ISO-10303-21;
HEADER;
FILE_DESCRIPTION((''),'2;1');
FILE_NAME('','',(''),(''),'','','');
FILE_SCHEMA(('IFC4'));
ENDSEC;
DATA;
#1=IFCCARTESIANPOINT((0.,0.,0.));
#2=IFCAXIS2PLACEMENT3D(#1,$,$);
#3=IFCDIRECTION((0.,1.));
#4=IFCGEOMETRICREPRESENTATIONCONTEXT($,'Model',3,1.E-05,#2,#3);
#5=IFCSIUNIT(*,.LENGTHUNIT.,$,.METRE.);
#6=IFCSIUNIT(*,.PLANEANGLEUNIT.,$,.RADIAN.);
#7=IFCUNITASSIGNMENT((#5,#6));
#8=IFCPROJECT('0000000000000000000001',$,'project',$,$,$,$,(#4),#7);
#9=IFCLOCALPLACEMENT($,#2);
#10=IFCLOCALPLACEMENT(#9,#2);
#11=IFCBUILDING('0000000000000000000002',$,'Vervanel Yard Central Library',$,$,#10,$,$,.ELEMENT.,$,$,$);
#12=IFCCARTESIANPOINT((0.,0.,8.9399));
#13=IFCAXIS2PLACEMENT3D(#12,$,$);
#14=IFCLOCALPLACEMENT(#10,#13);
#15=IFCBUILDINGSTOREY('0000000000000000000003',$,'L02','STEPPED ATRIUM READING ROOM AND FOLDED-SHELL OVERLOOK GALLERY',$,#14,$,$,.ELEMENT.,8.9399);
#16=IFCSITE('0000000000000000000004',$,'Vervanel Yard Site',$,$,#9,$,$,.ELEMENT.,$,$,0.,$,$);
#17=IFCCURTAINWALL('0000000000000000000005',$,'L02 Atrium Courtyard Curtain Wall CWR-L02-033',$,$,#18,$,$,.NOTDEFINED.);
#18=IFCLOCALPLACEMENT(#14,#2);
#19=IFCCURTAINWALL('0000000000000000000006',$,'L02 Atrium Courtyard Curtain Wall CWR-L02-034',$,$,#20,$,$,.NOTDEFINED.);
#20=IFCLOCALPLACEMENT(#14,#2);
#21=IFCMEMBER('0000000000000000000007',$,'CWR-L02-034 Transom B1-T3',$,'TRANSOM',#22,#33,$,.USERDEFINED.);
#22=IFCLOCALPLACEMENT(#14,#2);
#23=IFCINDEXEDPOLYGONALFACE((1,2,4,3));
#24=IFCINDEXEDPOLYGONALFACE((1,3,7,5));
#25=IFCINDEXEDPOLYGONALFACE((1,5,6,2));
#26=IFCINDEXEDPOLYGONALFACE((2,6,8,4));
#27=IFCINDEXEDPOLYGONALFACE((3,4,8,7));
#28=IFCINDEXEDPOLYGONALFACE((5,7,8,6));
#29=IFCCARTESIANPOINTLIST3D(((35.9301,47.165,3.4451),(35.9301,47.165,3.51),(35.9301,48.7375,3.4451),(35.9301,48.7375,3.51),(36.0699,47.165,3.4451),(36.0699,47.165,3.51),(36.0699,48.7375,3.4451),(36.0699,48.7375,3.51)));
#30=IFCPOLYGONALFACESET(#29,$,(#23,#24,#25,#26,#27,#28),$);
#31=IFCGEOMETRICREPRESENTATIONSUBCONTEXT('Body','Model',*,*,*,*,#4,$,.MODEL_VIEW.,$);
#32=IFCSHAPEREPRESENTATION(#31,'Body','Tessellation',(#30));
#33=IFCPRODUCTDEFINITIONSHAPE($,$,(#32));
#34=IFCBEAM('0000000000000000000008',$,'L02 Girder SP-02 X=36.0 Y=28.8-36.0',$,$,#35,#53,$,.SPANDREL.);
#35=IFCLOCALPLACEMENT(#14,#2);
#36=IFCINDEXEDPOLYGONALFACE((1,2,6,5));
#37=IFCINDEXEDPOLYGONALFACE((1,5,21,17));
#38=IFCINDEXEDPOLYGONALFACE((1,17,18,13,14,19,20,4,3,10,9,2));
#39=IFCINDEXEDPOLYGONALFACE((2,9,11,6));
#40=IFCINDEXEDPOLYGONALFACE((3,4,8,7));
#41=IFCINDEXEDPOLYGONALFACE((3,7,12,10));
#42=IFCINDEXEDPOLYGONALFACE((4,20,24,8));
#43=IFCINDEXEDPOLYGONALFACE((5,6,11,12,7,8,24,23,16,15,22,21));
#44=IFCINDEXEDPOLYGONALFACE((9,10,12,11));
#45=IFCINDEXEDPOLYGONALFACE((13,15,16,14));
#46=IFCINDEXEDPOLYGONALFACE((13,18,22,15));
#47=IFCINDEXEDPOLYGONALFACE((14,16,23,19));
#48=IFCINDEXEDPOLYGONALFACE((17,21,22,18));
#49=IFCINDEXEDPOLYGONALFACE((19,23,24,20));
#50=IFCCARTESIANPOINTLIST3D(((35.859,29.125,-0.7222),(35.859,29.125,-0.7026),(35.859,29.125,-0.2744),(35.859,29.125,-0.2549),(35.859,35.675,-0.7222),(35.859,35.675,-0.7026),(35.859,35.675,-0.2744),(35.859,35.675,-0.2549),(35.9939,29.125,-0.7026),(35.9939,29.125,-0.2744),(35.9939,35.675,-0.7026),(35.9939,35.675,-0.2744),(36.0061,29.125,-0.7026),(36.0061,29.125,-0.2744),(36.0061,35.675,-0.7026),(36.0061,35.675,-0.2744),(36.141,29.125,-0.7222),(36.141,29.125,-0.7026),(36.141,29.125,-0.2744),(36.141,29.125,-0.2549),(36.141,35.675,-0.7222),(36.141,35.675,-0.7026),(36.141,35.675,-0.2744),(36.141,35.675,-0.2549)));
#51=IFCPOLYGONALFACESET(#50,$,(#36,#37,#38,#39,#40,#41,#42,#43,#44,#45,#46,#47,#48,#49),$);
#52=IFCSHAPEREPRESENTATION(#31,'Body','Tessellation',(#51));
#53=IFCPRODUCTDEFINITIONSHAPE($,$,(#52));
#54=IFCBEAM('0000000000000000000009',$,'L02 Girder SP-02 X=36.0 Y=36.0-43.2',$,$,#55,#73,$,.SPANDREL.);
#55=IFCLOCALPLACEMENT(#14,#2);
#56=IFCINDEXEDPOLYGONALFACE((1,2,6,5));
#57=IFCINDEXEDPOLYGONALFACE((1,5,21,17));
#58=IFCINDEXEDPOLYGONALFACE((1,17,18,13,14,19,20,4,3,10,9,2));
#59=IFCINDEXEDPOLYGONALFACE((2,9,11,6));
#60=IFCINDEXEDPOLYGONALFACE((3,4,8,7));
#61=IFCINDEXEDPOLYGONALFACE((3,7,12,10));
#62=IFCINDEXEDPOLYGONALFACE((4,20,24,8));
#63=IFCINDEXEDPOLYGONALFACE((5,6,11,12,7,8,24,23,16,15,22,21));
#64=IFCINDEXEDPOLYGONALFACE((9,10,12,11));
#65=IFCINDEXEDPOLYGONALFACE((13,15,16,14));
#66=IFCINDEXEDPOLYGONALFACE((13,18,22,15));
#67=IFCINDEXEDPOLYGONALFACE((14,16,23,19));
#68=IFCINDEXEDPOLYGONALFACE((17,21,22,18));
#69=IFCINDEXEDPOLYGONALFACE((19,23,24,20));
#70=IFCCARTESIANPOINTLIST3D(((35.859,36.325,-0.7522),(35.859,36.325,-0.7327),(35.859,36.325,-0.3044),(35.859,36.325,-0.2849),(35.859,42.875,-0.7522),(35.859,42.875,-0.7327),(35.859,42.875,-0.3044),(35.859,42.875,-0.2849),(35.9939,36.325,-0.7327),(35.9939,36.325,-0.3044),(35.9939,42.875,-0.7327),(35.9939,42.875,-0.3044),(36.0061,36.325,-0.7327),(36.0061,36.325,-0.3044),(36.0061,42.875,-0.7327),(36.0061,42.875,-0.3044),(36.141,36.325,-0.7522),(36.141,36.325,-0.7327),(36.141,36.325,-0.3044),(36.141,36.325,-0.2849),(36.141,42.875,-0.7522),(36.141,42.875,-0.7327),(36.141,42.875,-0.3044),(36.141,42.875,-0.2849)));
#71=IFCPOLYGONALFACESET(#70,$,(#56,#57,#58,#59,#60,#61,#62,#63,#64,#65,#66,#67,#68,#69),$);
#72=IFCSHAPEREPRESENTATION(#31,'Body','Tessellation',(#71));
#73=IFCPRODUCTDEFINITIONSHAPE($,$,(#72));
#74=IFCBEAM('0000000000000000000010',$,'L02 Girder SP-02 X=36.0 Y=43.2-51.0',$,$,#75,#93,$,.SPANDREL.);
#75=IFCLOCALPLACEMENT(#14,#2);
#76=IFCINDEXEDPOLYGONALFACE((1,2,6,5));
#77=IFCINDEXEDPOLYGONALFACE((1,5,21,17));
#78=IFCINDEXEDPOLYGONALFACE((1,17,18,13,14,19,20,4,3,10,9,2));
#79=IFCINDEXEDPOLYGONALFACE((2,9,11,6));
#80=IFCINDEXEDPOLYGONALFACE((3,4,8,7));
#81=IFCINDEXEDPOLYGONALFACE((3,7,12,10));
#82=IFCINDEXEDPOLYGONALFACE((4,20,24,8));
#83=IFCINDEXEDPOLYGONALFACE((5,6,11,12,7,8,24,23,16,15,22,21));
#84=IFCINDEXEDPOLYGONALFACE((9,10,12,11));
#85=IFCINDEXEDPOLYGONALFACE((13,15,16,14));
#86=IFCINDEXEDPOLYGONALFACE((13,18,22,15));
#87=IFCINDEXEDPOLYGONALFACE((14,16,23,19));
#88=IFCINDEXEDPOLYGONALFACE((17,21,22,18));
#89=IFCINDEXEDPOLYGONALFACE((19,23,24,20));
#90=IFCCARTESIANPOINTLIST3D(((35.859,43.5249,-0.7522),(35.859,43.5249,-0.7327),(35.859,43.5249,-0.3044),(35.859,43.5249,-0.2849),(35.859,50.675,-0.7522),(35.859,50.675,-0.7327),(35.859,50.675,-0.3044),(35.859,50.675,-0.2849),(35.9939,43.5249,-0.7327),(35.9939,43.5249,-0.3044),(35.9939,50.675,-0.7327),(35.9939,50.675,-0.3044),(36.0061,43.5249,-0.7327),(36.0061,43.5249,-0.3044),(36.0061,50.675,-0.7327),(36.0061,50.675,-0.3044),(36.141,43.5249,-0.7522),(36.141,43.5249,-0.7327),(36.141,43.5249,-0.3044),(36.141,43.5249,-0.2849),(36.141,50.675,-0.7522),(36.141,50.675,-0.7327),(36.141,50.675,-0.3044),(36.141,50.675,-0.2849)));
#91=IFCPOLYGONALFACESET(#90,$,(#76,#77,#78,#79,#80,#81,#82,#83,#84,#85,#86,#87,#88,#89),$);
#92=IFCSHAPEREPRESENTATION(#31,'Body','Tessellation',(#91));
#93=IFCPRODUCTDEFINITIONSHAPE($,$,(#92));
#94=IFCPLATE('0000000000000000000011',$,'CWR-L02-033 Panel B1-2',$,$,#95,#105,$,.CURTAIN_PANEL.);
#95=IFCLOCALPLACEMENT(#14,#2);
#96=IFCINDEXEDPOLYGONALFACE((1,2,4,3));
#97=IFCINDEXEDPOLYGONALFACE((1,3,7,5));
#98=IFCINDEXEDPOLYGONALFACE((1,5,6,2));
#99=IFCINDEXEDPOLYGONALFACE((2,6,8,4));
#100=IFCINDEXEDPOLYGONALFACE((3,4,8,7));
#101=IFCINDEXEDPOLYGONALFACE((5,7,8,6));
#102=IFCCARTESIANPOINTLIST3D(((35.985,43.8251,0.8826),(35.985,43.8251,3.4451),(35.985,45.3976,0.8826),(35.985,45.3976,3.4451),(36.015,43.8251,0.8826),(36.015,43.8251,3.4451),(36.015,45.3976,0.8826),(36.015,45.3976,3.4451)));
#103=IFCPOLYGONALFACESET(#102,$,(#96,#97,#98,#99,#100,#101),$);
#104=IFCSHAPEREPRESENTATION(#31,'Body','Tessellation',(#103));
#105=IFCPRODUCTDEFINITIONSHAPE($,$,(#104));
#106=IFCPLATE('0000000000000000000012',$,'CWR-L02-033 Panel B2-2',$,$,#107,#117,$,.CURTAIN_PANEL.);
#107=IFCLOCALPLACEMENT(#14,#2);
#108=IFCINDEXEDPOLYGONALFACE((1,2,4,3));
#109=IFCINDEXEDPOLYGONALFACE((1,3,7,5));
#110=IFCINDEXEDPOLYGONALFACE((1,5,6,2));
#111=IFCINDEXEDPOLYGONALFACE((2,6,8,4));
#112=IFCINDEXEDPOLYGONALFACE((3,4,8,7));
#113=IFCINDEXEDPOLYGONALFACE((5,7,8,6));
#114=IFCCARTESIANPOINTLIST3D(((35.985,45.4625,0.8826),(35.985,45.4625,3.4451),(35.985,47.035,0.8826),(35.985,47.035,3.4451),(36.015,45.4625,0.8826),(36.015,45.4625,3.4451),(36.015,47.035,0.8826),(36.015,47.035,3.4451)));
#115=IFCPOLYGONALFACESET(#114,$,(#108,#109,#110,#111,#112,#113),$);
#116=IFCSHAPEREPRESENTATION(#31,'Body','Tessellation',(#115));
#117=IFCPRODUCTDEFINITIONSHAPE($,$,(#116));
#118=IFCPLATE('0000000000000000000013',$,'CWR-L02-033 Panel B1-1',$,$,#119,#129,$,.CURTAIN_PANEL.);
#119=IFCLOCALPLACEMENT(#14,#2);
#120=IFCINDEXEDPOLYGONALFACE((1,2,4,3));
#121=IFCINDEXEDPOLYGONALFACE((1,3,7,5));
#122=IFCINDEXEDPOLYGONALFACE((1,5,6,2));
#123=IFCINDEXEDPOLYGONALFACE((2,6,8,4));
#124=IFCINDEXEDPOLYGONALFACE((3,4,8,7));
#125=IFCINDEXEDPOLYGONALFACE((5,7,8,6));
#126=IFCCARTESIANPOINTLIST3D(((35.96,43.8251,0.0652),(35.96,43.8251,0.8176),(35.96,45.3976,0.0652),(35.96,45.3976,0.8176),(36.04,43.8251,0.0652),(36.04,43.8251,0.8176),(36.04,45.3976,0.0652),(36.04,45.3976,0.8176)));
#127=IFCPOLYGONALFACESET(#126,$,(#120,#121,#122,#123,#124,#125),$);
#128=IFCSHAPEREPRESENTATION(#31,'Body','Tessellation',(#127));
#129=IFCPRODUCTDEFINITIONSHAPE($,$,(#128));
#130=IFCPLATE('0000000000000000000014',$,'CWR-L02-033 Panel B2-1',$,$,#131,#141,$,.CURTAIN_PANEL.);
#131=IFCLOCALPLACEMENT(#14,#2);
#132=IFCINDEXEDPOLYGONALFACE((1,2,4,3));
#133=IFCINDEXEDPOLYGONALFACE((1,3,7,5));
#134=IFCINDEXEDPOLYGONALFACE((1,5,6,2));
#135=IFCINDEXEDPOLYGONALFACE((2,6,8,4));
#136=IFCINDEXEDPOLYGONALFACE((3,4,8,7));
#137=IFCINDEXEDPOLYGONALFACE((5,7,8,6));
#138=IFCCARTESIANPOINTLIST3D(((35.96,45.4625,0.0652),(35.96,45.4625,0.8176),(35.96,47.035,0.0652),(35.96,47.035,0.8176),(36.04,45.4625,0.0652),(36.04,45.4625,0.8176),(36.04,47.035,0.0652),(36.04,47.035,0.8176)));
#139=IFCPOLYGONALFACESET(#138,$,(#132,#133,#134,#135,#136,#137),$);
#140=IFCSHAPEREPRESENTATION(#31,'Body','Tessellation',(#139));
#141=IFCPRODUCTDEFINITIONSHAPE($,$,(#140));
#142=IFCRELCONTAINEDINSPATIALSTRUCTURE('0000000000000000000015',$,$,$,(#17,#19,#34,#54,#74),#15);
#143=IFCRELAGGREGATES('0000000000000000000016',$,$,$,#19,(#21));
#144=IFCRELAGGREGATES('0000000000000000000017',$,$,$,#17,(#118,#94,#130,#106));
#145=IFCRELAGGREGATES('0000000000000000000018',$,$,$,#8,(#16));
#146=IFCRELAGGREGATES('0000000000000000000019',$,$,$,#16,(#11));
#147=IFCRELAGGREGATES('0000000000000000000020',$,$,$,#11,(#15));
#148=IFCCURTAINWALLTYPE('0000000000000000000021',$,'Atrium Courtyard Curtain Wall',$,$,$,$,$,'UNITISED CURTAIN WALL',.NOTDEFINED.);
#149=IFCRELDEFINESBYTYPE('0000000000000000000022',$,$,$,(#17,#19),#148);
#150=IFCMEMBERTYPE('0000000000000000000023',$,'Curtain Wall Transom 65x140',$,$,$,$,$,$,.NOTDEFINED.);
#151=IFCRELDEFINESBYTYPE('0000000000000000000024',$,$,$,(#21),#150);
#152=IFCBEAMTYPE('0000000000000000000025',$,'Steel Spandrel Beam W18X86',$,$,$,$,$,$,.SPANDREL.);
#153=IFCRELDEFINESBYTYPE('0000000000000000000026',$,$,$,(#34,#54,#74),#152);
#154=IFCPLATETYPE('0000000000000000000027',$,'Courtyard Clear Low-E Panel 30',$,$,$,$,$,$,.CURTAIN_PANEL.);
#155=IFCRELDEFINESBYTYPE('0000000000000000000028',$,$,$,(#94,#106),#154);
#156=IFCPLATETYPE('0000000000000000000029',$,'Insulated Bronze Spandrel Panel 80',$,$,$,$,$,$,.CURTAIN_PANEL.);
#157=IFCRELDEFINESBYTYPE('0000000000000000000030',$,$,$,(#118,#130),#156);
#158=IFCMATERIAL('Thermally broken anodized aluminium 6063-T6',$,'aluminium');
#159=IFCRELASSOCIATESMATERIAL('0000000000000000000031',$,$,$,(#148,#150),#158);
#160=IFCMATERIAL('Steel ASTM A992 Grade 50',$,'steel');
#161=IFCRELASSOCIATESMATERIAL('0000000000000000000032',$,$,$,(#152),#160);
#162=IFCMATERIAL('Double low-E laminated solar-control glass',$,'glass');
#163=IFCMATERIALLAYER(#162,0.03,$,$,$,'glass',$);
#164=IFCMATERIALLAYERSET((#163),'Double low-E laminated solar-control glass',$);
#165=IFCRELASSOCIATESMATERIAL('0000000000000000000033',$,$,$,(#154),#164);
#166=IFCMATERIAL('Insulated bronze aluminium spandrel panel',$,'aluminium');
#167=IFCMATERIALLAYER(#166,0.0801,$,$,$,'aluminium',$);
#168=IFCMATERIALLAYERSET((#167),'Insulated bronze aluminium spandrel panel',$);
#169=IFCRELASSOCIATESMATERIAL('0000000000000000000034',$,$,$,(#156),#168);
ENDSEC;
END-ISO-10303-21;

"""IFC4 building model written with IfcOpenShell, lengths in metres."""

from ifc_helpers import new_model, si_unit, direction, frame, origin, origin_2d, place, context, subcontext, project, spatial, rectangle, i_section, extrude, material, layer, layer_set, material_profile, profile_set, type_object, element, aggregate, save


model = new_model("IFC4")

# Units and contexts
model_context = context("Model", 3, precision=1e-05, world=origin(), true_north=direction((0.0, 1.0)))
body_context = subcontext(model_context, "Body", "Model", "MODEL_VIEW")
ifc_project = project(units=[si_unit("LENGTHUNIT", "METRE"), si_unit("PLANEANGLEUNIT", "RADIAN")], contexts=[model_context])

# Site, building, storey
site_placement = place(None, origin())
site = spatial("IfcSite", under=ifc_project, at=site_placement, Name="Vervanel Yard Site", CompositionType="ELEMENT", RefElevation=0.0)
building_placement = place(site_placement, origin())
building = spatial("IfcBuilding", under=site, at=building_placement, Name="Vervanel Yard Central Library", CompositionType="ELEMENT")
storey_placement = place(building_placement, frame((0.0, 0.0, 8.9399)))
storey = spatial("IfcBuildingStorey", under=building, at=storey_placement, Name="L02", Description="STEPPED ATRIUM READING ROOM AND FOLDED-SHELL OVERLOOK GALLERY", CompositionType="ELEMENT", Elevation=8.9399)

# Curtain wall
ifc_material_1 = material(Name="Thermally broken anodized aluminium 6063-T6", Category="aluminium")
curtain_wall_type = type_object("IfcCurtainWallType", Name="Atrium Courtyard Curtain Wall", ElementType="UNITISED CURTAIN WALL", PredefinedType="NOTDEFINED", material=ifc_material_1)
curtain_wall_1_placement = place(storey_placement, origin())
curtain_wall_1 = element("IfcCurtainWall", 1, at=curtain_wall_1_placement, inside=storey, type_object=curtain_wall_type, Name="L02 Atrium Courtyard Curtain Wall CWR-L02-033", PredefinedType="NOTDEFINED")

# Curtain wall
curtain_wall_2_placement = place(storey_placement, origin())
curtain_wall_2 = element("IfcCurtainWall", 2, at=curtain_wall_2_placement, inside=storey, type_object=curtain_wall_type, Name="L02 Atrium Courtyard Curtain Wall CWR-L02-034", PredefinedType="NOTDEFINED")

# Member
ifc_material_profile_1 = material_profile(ifc_material_1, rectangle(XDim=0.0649, YDim=0.1399, at=origin_2d()), Name="ALU 65x140", Category="aluminium")
ifc_profile_set_1 = profile_set([ifc_material_profile_1], Name="Thermally broken anodized aluminium 6063-T6")
member_type_1 = type_object("IfcMemberType", Name="Curtain Wall Transom 65x140", PredefinedType="NOTDEFINED", material=ifc_profile_set_1)
member_1_placement = place(storey_placement, frame((36.0, 47.165, 3.4775), z_axis=(0.0, 1.0, 0.0), x_axis=(0.0, 0.0, 1.0)))
member_1 = element("IfcMember", 3, at=member_1_placement, type_object=member_type_1, Name="CWR-L02-034 Transom B1-T3", ObjectType="TRANSOM", PredefinedType="USERDEFINED", context=body_context, shape_type="SweptSolid", body=[
    extrude(rectangle(XDim=0.0649, YDim=0.1399, at=origin_2d()), origin(), (0.0, 0.0, 1.0), 1.5725),
])
aggregate(curtain_wall_2, [member_1])

# Beams
ifc_material_2 = material(Name="Steel ASTM A992 Grade 50", Category="steel")
ifc_material_profile_2 = material_profile(ifc_material_2, i_section(OverallWidth=0.282, OverallDepth=0.4673, WebThickness=0.0122, FlangeThickness=0.0195, at=origin_2d()), Name="W18X86", Category="steel")
ifc_profile_set_2 = profile_set([ifc_material_profile_2], Name="Steel ASTM A992 Grade 50")
beam_type_1 = type_object("IfcBeamType", Name="Steel Spandrel Beam W18X86", PredefinedType="SPANDREL", material=ifc_profile_set_2)
for number, where, z_axis, x_axis, name in (
    (4, (36.0, 29.125, -0.4885), (0.0, 1.0, 0.0), (-1.0, 0.0, 0.0), "L02 Girder SP-02 X=36.0 Y=28.8-36.0"),
    (5, (36.0, 36.325, -0.5186), (0.0, 1.0, 0.0), (-1.0, 0.0, 0.0), "L02 Girder SP-02 X=36.0 Y=36.0-43.2"),
):
    element("IfcBeam", number, at=place(storey_placement, frame(where, z_axis=z_axis, x_axis=x_axis)), inside=storey, type_object=beam_type_1, Name=name, PredefinedType="SPANDREL", context=body_context, shape_type="SweptSolid", body=[
        extrude(i_section(OverallWidth=0.282, OverallDepth=0.4673, WebThickness=0.0122, FlangeThickness=0.0195, at=origin_2d()), origin(), (0.0, 0.0, 1.0), 6.55),
    ])
beam_1_placement = place(storey_placement, frame((36.0, 43.5249, -0.5186), z_axis=(0.0, 1.0, 0.0), x_axis=(-1.0, 0.0, 0.0)))
element("IfcBeam", 6, at=beam_1_placement, inside=storey, type_object=beam_type_1, Name="L02 Girder SP-02 X=36.0 Y=43.2-51.0", PredefinedType="SPANDREL", context=body_context, shape_type="SweptSolid", body=[
    extrude(i_section(OverallWidth=0.282, OverallDepth=0.4673, WebThickness=0.0122, FlangeThickness=0.0195, at=origin_2d()), origin(), (0.0, 0.0, 1.0), 7.1501),
])

# Plates
ifc_material_3 = material(Name="Double low-E laminated solar-control glass", Category="glass")
ifc_layer_1 = layer(ifc_material_3, 0.03, Category="glass")
ifc_layer_set_1 = layer_set([ifc_layer_1], Name="Double low-E laminated solar-control glass")
plate_type_1 = type_object("IfcPlateType", Name="Courtyard Clear Low-E Panel 30", PredefinedType="CURTAIN_PANEL", material=ifc_layer_set_1)
plate_1_placement = place(storey_placement, frame((36.0, 44.6113, 0.8826), z_axis=(0.0, 0.0, 1.0), x_axis=(0.0, 1.0, 0.0)))
plate_1 = element("IfcPlate", 7, at=plate_1_placement, type_object=plate_type_1, Name="CWR-L02-033 Panel B1-2", PredefinedType="CURTAIN_PANEL", context=body_context, shape_type="SweptSolid", body=[
    extrude(rectangle(XDim=1.5725, YDim=0.03, at=origin_2d()), origin(), (0.0, 0.0, 1.0), 2.5625),
])
plate_2_placement = place(storey_placement, frame((36.0, 46.2488, 0.8826), z_axis=(0.0, 0.0, 1.0), x_axis=(0.0, 1.0, 0.0)))
plate_2 = element("IfcPlate", 8, at=plate_2_placement, type_object=plate_type_1, Name="CWR-L02-033 Panel B2-2", PredefinedType="CURTAIN_PANEL", context=body_context, shape_type="SweptSolid", body=[
    extrude(rectangle(XDim=1.5725, YDim=0.03, at=origin_2d()), origin(), (0.0, 0.0, 1.0), 2.5625),
])
ifc_material_4 = material(Name="Insulated bronze aluminium spandrel panel", Category="aluminium")
ifc_layer_2 = layer(ifc_material_4, 0.0801, Category="aluminium")
ifc_layer_set_2 = layer_set([ifc_layer_2], Name="Insulated bronze aluminium spandrel panel")
plate_type_2 = type_object("IfcPlateType", Name="Insulated Bronze Spandrel Panel 80", PredefinedType="CURTAIN_PANEL", material=ifc_layer_set_2)
plate_3_placement = place(storey_placement, frame((36.0, 44.6113, 0.0652), z_axis=(0.0, 0.0, 1.0), x_axis=(0.0, 1.0, 0.0)))
plate_3 = element("IfcPlate", 9, at=plate_3_placement, type_object=plate_type_2, Name="CWR-L02-033 Panel B1-1", PredefinedType="CURTAIN_PANEL", context=body_context, shape_type="SweptSolid", body=[
    extrude(rectangle(XDim=1.5725, YDim=0.0801, at=origin_2d()), origin(), (0.0, 0.0, 1.0), 0.7524),
])
plate_4_placement = place(storey_placement, frame((36.0, 46.2488, 0.0652), z_axis=(0.0, 0.0, 1.0), x_axis=(0.0, 1.0, 0.0)))
plate_4 = element("IfcPlate", 10, at=plate_4_placement, type_object=plate_type_2, Name="CWR-L02-033 Panel B2-1", PredefinedType="CURTAIN_PANEL", context=body_context, shape_type="SweptSolid", body=[
    extrude(rectangle(XDim=1.5725, YDim=0.0801, at=origin_2d()), origin(), (0.0, 0.0, 1.0), 0.7524),
])
aggregate(curtain_wall_1, [plate_3, plate_1, plate_4, plate_2])

save(model, "model.ifc")
